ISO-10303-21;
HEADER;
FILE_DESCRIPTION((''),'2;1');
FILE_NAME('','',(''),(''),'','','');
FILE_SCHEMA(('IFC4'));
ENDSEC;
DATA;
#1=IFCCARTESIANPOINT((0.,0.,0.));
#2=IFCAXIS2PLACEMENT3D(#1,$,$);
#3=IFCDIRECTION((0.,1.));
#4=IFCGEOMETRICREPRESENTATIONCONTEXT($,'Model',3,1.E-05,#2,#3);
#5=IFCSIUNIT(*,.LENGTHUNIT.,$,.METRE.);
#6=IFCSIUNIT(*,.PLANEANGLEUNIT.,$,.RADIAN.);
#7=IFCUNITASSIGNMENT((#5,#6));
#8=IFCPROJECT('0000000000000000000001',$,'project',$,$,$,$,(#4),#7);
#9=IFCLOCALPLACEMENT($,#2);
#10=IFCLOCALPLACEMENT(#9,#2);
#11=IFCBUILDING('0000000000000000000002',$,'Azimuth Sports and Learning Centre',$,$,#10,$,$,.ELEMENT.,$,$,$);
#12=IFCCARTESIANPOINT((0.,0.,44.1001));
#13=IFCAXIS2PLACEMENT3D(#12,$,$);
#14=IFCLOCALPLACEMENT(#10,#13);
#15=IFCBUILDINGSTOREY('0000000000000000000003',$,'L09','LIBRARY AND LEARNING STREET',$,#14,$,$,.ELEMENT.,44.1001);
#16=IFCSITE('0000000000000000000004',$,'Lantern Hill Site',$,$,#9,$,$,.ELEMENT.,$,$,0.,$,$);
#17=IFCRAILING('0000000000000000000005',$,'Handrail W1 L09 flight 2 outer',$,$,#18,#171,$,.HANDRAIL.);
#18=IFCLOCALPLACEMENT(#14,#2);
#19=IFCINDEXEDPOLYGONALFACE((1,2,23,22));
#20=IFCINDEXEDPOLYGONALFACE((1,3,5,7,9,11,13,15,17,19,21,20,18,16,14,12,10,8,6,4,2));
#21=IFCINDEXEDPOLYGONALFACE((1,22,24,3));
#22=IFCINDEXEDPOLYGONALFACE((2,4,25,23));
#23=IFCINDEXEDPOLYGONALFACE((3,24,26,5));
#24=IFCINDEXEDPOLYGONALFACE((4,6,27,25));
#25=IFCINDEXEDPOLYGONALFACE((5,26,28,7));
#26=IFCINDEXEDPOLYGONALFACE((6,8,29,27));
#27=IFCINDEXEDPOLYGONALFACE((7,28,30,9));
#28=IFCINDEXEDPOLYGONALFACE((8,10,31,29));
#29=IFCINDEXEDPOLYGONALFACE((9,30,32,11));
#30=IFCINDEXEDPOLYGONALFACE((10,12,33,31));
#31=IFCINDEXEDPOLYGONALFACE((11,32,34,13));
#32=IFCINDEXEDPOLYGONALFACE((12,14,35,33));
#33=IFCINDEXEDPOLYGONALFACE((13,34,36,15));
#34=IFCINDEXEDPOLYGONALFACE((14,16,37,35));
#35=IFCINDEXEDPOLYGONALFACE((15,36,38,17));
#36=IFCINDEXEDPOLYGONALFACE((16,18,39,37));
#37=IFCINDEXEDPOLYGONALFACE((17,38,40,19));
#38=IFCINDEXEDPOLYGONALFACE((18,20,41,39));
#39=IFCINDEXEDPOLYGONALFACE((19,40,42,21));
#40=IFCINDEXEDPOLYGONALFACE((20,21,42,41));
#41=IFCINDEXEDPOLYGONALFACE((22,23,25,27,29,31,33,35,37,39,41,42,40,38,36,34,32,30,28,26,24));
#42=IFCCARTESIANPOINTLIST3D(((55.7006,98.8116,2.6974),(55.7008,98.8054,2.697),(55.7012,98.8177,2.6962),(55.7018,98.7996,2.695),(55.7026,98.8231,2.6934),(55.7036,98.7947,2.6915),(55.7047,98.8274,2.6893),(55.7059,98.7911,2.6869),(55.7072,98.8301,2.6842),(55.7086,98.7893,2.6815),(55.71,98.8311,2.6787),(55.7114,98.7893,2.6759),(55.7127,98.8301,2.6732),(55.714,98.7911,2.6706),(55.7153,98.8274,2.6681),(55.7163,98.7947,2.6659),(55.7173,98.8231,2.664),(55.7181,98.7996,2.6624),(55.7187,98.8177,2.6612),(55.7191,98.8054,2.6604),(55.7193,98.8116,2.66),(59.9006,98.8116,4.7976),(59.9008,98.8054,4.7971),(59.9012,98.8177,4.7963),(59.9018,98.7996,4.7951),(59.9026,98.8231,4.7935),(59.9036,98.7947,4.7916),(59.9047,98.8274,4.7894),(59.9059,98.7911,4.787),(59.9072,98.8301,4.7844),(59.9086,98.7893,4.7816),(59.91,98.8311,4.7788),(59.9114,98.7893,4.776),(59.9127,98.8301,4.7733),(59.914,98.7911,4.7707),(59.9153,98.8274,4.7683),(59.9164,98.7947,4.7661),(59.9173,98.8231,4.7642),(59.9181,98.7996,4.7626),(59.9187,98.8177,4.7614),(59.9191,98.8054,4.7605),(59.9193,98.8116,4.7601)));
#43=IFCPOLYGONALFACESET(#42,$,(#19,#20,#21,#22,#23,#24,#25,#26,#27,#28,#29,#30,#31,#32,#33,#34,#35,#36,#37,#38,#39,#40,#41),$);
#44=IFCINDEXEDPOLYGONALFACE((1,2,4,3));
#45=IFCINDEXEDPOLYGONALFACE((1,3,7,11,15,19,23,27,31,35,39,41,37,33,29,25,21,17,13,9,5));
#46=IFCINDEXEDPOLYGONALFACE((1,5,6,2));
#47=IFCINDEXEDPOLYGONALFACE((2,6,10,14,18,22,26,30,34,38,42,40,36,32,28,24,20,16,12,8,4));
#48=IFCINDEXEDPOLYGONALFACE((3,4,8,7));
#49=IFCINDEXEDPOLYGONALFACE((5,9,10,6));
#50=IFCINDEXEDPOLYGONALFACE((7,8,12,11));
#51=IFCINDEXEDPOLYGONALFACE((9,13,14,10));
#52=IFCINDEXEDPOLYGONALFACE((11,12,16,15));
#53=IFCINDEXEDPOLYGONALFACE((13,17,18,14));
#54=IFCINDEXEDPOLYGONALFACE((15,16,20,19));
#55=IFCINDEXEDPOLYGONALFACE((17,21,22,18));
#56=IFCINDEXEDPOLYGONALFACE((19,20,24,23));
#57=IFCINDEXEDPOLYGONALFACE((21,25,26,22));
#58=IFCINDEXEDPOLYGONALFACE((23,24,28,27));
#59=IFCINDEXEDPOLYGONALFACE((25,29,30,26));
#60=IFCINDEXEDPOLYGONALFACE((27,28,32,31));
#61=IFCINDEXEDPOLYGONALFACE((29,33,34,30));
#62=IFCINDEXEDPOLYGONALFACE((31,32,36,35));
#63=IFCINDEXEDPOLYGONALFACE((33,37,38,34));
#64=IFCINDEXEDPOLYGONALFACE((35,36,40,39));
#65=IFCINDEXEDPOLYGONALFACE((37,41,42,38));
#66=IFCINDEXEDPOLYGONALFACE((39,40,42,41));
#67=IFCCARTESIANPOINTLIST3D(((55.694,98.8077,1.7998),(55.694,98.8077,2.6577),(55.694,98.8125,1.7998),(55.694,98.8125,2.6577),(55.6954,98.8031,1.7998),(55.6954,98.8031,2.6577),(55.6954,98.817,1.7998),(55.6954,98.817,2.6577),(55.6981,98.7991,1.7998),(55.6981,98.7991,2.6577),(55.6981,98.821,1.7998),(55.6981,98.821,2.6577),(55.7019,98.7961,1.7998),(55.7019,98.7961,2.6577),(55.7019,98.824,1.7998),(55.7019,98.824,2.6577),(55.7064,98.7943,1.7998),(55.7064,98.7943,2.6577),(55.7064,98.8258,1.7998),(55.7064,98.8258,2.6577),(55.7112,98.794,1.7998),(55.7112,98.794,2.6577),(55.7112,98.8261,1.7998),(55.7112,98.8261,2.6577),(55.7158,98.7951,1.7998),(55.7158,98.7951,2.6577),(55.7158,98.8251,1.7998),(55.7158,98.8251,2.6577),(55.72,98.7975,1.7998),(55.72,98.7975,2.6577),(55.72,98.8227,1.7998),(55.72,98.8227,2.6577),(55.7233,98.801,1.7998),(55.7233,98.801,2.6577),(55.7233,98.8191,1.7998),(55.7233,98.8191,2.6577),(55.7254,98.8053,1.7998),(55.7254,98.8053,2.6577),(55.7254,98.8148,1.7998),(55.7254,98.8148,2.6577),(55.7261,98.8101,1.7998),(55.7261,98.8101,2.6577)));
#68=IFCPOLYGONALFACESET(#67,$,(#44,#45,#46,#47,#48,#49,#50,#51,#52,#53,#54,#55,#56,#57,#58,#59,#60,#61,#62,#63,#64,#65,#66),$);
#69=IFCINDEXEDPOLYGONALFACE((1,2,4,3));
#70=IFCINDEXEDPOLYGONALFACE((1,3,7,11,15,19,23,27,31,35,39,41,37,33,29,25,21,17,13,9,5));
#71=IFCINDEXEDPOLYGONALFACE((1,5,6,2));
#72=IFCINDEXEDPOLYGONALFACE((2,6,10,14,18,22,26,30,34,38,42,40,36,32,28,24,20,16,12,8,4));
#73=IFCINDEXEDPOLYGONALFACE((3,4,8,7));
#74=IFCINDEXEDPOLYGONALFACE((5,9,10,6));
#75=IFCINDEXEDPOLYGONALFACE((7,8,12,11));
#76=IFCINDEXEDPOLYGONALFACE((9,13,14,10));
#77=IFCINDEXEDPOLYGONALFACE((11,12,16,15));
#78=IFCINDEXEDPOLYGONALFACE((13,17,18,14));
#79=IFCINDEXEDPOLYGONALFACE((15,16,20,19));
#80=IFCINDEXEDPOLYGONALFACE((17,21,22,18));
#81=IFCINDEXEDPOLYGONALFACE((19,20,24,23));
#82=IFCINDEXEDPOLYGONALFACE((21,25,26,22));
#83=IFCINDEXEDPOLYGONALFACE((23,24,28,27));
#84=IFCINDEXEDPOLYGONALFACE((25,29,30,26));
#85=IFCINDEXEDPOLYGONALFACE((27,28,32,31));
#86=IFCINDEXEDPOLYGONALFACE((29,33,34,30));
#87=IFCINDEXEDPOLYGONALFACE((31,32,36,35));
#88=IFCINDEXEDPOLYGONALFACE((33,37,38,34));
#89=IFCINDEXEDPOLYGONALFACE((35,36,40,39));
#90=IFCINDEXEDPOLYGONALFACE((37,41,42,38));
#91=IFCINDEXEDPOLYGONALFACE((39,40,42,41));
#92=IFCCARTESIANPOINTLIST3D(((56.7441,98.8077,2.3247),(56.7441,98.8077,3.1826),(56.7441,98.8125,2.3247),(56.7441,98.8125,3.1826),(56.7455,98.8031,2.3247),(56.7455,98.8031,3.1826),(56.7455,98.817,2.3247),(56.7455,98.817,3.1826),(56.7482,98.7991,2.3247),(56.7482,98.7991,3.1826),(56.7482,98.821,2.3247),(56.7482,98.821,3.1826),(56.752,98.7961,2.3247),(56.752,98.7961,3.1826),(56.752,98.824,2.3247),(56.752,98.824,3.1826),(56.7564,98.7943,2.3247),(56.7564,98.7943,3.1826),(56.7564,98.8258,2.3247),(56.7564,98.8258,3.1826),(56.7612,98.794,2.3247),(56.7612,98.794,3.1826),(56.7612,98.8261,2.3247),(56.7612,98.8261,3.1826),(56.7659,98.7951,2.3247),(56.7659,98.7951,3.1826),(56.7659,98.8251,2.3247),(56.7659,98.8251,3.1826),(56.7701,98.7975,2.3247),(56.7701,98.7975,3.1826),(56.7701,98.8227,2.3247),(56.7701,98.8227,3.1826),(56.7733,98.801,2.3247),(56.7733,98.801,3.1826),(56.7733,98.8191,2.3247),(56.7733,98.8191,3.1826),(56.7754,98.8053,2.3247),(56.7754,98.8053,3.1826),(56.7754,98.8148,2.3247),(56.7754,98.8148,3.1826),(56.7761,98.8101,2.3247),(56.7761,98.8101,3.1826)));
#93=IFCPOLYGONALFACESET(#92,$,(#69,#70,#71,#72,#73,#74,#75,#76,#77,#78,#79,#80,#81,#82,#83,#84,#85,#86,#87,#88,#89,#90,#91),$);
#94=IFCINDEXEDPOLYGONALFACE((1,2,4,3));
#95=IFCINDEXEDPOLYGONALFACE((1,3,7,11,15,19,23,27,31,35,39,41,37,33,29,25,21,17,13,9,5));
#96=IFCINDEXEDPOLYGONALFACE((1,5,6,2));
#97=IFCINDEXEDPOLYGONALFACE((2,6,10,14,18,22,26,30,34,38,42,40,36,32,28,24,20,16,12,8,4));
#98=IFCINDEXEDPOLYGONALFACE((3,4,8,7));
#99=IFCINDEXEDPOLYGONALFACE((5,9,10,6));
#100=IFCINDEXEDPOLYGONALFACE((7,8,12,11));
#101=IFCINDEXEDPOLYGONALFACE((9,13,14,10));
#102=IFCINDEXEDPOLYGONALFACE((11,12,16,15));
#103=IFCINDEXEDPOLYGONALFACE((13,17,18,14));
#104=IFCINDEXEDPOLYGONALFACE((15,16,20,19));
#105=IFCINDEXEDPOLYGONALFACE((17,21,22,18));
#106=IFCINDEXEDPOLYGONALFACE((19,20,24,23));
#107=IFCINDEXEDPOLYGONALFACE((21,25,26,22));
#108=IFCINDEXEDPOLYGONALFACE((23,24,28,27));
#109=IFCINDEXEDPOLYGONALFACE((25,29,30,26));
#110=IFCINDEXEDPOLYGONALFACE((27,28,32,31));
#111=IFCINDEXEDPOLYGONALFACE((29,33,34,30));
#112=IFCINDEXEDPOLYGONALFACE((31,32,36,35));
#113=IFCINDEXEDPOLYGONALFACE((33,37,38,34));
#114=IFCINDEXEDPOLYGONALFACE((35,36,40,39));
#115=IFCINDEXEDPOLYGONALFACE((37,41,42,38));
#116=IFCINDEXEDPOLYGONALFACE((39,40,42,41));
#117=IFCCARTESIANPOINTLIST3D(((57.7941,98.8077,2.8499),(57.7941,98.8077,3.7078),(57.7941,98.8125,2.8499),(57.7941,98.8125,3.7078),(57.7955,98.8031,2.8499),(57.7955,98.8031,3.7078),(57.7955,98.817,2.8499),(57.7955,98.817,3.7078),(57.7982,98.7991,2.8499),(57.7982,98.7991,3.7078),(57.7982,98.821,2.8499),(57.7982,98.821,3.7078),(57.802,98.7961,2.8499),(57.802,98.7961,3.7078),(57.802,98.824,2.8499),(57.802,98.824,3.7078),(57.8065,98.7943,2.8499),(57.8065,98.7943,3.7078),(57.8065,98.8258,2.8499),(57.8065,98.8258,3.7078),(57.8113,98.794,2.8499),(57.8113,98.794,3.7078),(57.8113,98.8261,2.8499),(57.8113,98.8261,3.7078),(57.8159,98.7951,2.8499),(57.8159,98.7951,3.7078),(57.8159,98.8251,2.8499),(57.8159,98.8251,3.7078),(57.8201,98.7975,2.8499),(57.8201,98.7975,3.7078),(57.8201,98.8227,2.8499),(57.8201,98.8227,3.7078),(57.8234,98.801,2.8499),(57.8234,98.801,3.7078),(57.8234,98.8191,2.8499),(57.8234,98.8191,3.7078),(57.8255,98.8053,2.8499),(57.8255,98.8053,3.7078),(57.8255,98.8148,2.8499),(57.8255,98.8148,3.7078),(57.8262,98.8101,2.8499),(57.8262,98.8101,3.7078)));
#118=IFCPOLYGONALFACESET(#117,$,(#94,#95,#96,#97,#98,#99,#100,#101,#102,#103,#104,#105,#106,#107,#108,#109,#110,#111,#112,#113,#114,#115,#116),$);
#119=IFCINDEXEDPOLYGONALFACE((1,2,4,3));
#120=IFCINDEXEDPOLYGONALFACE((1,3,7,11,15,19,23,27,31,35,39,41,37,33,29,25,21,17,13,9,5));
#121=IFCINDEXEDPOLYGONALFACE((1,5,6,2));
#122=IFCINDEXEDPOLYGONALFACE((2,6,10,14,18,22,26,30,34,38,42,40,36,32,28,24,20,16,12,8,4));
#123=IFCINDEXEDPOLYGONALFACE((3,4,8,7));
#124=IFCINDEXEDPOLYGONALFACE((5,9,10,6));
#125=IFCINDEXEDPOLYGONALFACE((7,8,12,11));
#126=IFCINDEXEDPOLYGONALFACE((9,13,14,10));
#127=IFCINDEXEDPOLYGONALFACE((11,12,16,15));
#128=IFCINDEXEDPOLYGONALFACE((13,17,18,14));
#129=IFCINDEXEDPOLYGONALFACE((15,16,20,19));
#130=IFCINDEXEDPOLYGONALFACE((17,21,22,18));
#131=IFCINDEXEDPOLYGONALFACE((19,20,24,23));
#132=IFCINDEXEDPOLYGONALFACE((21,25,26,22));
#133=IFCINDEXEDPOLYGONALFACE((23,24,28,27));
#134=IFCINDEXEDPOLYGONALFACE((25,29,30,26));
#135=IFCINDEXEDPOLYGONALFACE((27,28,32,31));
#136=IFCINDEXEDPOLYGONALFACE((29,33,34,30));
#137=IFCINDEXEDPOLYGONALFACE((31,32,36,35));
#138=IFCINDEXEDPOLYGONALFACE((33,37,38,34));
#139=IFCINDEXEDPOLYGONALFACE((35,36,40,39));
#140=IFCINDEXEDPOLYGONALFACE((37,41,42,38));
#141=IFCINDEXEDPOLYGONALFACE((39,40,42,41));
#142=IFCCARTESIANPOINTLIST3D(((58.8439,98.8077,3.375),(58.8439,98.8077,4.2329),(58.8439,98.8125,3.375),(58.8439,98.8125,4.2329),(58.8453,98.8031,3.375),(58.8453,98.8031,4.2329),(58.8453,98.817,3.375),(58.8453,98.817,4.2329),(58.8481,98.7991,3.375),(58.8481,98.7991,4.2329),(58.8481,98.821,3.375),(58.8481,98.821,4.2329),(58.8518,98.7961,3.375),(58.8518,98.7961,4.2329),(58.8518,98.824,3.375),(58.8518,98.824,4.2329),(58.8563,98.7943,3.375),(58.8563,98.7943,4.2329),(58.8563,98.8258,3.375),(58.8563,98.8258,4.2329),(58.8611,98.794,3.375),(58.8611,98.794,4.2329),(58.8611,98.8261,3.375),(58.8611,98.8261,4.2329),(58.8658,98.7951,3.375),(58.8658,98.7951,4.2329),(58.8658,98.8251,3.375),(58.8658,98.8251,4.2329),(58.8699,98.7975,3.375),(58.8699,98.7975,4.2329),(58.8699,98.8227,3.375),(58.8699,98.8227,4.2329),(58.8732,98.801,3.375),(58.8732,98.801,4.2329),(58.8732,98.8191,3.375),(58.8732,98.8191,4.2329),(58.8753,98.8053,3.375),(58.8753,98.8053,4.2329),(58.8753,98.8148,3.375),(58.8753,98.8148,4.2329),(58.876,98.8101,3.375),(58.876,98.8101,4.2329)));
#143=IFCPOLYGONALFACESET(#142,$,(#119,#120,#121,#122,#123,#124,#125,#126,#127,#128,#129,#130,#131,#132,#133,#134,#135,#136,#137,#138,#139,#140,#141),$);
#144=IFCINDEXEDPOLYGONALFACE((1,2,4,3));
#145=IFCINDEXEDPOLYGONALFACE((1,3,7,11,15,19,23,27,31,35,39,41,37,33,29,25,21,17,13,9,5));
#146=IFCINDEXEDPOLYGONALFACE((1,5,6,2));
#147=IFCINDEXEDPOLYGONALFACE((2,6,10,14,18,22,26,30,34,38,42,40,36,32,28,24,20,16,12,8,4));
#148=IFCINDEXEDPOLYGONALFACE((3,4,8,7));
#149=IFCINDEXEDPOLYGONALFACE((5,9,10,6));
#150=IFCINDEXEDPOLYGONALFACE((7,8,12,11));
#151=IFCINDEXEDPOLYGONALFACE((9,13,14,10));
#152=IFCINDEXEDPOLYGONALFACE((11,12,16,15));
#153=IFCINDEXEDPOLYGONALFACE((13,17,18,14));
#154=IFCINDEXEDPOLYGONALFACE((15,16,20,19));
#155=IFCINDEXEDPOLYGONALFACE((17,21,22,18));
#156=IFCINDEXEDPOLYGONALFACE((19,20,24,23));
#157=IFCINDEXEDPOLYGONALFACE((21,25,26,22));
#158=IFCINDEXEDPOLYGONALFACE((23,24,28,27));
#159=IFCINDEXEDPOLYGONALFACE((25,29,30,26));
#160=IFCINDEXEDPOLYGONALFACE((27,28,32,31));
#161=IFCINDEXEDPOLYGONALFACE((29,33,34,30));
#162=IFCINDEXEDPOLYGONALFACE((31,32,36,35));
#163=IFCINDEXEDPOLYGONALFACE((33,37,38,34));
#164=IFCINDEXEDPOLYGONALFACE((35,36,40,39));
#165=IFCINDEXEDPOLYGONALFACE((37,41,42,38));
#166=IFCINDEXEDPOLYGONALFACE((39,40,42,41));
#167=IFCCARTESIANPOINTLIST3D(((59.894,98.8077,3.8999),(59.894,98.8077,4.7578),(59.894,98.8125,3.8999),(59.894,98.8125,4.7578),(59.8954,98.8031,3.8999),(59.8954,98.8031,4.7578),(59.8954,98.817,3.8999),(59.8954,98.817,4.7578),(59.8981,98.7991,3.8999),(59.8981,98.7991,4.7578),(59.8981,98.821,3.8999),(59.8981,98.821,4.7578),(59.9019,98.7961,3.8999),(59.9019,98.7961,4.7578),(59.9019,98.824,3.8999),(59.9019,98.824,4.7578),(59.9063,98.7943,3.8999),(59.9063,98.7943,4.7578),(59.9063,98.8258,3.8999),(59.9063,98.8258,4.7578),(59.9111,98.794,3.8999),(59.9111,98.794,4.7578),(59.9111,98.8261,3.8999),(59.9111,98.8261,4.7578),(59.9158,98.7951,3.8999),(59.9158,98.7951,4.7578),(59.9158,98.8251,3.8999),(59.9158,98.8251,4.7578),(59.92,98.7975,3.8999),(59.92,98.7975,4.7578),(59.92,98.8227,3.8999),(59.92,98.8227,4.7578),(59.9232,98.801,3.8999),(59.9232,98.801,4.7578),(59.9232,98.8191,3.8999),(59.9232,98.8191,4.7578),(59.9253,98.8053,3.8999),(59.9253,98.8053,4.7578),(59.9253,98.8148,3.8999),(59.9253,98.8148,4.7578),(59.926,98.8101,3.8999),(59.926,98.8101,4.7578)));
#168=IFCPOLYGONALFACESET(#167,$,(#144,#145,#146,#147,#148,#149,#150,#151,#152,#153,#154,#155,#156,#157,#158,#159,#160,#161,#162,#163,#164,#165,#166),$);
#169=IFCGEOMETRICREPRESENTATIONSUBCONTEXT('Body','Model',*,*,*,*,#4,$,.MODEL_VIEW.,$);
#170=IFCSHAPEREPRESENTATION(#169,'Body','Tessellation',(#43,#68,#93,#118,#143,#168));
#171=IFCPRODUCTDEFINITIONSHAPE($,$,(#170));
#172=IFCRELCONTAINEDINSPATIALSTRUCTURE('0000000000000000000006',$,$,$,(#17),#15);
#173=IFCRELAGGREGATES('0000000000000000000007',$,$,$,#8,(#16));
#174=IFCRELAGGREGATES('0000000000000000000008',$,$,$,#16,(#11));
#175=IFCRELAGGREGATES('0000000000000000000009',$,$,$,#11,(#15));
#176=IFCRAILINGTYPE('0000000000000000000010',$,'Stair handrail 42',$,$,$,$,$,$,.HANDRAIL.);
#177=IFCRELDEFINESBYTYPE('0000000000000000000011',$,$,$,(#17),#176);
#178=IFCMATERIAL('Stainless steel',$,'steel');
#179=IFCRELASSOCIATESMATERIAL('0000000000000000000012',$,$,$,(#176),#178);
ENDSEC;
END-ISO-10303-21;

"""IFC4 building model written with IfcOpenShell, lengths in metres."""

from ifc_helpers import new_model, si_unit, direction, frame, origin, origin_2d, place, context, subcontext, project, spatial, circle, extrude, material, type_object, element, save


model = new_model("IFC4")

# Units and contexts
model_context = context("Model", 3, precision=1e-05, world=origin(), true_north=direction((0.0, 1.0)))
body_context = subcontext(model_context, "Body", "Model", "MODEL_VIEW")
ifc_project = project(units=[si_unit("LENGTHUNIT", "METRE"), si_unit("PLANEANGLEUNIT", "RADIAN")], contexts=[model_context])

# Site, building, storey
site_placement = place(None, origin())
site = spatial("IfcSite", under=ifc_project, at=site_placement, Name="Lantern Hill Site", CompositionType="ELEMENT", RefElevation=0.0)
building_placement = place(site_placement, origin())
building = spatial("IfcBuilding", under=site, at=building_placement, Name="Azimuth Sports and Learning Centre", CompositionType="ELEMENT")
storey_placement = place(building_placement, frame((0.0, 0.0, 44.1001)))
storey = spatial("IfcBuildingStorey", under=building, at=storey_placement, Name="L09", Description="LIBRARY AND LEARNING STREET", CompositionType="ELEMENT", Elevation=44.1001)

# Railing
ifc_material_1 = material(Name="Stainless steel", Category="steel")
railing_type_1 = type_object("IfcRailingType", Name="Stair handrail 42", PredefinedType="HANDRAIL", material=ifc_material_1)
for number, where, name in (
    (1, (55.71, 98.8101, 1.7998), "Handrail W1 L09 flight 2 outer"),
):
    element("IfcRailing", number, at=place(storey_placement, frame(where)), inside=storey, type_object=railing_type_1, Name=name, PredefinedType="HANDRAIL", context=body_context, shape_type="SweptSolid", body=[
        extrude(circle(Radius=0.021, at=origin_2d()), frame((0.0, 0.0, 0.8789), z_axis=(0.894417, 0.0, 0.447234), x_axis=(0.0, 1.0, 0.0)), (0.0, 0.0, 1.0), 4.6958),
        extrude(circle(Radius=0.0161, at=origin_2d()), origin(), (0.0, 0.0, 1.0), 0.8579),
        extrude(circle(Radius=0.0161, at=origin_2d()), frame((1.05, 0.0, 0.5249)), (0.0, 0.0, 1.0), 0.8579),
        extrude(circle(Radius=0.0161, at=origin_2d()), frame((2.1001, 0.0, 1.05)), (0.0, 0.0, 1.0), 0.8579),
        extrude(circle(Radius=0.0161, at=origin_2d()), frame((3.1499, 0.0, 1.5752)), (0.0, 0.0, 1.0), 0.8579),
        extrude(circle(Radius=0.0161, at=origin_2d()), frame((4.2, 0.0, 2.1001)), (0.0, 0.0, 1.0), 0.8579),
    ])

save(model, "model.ifc")
